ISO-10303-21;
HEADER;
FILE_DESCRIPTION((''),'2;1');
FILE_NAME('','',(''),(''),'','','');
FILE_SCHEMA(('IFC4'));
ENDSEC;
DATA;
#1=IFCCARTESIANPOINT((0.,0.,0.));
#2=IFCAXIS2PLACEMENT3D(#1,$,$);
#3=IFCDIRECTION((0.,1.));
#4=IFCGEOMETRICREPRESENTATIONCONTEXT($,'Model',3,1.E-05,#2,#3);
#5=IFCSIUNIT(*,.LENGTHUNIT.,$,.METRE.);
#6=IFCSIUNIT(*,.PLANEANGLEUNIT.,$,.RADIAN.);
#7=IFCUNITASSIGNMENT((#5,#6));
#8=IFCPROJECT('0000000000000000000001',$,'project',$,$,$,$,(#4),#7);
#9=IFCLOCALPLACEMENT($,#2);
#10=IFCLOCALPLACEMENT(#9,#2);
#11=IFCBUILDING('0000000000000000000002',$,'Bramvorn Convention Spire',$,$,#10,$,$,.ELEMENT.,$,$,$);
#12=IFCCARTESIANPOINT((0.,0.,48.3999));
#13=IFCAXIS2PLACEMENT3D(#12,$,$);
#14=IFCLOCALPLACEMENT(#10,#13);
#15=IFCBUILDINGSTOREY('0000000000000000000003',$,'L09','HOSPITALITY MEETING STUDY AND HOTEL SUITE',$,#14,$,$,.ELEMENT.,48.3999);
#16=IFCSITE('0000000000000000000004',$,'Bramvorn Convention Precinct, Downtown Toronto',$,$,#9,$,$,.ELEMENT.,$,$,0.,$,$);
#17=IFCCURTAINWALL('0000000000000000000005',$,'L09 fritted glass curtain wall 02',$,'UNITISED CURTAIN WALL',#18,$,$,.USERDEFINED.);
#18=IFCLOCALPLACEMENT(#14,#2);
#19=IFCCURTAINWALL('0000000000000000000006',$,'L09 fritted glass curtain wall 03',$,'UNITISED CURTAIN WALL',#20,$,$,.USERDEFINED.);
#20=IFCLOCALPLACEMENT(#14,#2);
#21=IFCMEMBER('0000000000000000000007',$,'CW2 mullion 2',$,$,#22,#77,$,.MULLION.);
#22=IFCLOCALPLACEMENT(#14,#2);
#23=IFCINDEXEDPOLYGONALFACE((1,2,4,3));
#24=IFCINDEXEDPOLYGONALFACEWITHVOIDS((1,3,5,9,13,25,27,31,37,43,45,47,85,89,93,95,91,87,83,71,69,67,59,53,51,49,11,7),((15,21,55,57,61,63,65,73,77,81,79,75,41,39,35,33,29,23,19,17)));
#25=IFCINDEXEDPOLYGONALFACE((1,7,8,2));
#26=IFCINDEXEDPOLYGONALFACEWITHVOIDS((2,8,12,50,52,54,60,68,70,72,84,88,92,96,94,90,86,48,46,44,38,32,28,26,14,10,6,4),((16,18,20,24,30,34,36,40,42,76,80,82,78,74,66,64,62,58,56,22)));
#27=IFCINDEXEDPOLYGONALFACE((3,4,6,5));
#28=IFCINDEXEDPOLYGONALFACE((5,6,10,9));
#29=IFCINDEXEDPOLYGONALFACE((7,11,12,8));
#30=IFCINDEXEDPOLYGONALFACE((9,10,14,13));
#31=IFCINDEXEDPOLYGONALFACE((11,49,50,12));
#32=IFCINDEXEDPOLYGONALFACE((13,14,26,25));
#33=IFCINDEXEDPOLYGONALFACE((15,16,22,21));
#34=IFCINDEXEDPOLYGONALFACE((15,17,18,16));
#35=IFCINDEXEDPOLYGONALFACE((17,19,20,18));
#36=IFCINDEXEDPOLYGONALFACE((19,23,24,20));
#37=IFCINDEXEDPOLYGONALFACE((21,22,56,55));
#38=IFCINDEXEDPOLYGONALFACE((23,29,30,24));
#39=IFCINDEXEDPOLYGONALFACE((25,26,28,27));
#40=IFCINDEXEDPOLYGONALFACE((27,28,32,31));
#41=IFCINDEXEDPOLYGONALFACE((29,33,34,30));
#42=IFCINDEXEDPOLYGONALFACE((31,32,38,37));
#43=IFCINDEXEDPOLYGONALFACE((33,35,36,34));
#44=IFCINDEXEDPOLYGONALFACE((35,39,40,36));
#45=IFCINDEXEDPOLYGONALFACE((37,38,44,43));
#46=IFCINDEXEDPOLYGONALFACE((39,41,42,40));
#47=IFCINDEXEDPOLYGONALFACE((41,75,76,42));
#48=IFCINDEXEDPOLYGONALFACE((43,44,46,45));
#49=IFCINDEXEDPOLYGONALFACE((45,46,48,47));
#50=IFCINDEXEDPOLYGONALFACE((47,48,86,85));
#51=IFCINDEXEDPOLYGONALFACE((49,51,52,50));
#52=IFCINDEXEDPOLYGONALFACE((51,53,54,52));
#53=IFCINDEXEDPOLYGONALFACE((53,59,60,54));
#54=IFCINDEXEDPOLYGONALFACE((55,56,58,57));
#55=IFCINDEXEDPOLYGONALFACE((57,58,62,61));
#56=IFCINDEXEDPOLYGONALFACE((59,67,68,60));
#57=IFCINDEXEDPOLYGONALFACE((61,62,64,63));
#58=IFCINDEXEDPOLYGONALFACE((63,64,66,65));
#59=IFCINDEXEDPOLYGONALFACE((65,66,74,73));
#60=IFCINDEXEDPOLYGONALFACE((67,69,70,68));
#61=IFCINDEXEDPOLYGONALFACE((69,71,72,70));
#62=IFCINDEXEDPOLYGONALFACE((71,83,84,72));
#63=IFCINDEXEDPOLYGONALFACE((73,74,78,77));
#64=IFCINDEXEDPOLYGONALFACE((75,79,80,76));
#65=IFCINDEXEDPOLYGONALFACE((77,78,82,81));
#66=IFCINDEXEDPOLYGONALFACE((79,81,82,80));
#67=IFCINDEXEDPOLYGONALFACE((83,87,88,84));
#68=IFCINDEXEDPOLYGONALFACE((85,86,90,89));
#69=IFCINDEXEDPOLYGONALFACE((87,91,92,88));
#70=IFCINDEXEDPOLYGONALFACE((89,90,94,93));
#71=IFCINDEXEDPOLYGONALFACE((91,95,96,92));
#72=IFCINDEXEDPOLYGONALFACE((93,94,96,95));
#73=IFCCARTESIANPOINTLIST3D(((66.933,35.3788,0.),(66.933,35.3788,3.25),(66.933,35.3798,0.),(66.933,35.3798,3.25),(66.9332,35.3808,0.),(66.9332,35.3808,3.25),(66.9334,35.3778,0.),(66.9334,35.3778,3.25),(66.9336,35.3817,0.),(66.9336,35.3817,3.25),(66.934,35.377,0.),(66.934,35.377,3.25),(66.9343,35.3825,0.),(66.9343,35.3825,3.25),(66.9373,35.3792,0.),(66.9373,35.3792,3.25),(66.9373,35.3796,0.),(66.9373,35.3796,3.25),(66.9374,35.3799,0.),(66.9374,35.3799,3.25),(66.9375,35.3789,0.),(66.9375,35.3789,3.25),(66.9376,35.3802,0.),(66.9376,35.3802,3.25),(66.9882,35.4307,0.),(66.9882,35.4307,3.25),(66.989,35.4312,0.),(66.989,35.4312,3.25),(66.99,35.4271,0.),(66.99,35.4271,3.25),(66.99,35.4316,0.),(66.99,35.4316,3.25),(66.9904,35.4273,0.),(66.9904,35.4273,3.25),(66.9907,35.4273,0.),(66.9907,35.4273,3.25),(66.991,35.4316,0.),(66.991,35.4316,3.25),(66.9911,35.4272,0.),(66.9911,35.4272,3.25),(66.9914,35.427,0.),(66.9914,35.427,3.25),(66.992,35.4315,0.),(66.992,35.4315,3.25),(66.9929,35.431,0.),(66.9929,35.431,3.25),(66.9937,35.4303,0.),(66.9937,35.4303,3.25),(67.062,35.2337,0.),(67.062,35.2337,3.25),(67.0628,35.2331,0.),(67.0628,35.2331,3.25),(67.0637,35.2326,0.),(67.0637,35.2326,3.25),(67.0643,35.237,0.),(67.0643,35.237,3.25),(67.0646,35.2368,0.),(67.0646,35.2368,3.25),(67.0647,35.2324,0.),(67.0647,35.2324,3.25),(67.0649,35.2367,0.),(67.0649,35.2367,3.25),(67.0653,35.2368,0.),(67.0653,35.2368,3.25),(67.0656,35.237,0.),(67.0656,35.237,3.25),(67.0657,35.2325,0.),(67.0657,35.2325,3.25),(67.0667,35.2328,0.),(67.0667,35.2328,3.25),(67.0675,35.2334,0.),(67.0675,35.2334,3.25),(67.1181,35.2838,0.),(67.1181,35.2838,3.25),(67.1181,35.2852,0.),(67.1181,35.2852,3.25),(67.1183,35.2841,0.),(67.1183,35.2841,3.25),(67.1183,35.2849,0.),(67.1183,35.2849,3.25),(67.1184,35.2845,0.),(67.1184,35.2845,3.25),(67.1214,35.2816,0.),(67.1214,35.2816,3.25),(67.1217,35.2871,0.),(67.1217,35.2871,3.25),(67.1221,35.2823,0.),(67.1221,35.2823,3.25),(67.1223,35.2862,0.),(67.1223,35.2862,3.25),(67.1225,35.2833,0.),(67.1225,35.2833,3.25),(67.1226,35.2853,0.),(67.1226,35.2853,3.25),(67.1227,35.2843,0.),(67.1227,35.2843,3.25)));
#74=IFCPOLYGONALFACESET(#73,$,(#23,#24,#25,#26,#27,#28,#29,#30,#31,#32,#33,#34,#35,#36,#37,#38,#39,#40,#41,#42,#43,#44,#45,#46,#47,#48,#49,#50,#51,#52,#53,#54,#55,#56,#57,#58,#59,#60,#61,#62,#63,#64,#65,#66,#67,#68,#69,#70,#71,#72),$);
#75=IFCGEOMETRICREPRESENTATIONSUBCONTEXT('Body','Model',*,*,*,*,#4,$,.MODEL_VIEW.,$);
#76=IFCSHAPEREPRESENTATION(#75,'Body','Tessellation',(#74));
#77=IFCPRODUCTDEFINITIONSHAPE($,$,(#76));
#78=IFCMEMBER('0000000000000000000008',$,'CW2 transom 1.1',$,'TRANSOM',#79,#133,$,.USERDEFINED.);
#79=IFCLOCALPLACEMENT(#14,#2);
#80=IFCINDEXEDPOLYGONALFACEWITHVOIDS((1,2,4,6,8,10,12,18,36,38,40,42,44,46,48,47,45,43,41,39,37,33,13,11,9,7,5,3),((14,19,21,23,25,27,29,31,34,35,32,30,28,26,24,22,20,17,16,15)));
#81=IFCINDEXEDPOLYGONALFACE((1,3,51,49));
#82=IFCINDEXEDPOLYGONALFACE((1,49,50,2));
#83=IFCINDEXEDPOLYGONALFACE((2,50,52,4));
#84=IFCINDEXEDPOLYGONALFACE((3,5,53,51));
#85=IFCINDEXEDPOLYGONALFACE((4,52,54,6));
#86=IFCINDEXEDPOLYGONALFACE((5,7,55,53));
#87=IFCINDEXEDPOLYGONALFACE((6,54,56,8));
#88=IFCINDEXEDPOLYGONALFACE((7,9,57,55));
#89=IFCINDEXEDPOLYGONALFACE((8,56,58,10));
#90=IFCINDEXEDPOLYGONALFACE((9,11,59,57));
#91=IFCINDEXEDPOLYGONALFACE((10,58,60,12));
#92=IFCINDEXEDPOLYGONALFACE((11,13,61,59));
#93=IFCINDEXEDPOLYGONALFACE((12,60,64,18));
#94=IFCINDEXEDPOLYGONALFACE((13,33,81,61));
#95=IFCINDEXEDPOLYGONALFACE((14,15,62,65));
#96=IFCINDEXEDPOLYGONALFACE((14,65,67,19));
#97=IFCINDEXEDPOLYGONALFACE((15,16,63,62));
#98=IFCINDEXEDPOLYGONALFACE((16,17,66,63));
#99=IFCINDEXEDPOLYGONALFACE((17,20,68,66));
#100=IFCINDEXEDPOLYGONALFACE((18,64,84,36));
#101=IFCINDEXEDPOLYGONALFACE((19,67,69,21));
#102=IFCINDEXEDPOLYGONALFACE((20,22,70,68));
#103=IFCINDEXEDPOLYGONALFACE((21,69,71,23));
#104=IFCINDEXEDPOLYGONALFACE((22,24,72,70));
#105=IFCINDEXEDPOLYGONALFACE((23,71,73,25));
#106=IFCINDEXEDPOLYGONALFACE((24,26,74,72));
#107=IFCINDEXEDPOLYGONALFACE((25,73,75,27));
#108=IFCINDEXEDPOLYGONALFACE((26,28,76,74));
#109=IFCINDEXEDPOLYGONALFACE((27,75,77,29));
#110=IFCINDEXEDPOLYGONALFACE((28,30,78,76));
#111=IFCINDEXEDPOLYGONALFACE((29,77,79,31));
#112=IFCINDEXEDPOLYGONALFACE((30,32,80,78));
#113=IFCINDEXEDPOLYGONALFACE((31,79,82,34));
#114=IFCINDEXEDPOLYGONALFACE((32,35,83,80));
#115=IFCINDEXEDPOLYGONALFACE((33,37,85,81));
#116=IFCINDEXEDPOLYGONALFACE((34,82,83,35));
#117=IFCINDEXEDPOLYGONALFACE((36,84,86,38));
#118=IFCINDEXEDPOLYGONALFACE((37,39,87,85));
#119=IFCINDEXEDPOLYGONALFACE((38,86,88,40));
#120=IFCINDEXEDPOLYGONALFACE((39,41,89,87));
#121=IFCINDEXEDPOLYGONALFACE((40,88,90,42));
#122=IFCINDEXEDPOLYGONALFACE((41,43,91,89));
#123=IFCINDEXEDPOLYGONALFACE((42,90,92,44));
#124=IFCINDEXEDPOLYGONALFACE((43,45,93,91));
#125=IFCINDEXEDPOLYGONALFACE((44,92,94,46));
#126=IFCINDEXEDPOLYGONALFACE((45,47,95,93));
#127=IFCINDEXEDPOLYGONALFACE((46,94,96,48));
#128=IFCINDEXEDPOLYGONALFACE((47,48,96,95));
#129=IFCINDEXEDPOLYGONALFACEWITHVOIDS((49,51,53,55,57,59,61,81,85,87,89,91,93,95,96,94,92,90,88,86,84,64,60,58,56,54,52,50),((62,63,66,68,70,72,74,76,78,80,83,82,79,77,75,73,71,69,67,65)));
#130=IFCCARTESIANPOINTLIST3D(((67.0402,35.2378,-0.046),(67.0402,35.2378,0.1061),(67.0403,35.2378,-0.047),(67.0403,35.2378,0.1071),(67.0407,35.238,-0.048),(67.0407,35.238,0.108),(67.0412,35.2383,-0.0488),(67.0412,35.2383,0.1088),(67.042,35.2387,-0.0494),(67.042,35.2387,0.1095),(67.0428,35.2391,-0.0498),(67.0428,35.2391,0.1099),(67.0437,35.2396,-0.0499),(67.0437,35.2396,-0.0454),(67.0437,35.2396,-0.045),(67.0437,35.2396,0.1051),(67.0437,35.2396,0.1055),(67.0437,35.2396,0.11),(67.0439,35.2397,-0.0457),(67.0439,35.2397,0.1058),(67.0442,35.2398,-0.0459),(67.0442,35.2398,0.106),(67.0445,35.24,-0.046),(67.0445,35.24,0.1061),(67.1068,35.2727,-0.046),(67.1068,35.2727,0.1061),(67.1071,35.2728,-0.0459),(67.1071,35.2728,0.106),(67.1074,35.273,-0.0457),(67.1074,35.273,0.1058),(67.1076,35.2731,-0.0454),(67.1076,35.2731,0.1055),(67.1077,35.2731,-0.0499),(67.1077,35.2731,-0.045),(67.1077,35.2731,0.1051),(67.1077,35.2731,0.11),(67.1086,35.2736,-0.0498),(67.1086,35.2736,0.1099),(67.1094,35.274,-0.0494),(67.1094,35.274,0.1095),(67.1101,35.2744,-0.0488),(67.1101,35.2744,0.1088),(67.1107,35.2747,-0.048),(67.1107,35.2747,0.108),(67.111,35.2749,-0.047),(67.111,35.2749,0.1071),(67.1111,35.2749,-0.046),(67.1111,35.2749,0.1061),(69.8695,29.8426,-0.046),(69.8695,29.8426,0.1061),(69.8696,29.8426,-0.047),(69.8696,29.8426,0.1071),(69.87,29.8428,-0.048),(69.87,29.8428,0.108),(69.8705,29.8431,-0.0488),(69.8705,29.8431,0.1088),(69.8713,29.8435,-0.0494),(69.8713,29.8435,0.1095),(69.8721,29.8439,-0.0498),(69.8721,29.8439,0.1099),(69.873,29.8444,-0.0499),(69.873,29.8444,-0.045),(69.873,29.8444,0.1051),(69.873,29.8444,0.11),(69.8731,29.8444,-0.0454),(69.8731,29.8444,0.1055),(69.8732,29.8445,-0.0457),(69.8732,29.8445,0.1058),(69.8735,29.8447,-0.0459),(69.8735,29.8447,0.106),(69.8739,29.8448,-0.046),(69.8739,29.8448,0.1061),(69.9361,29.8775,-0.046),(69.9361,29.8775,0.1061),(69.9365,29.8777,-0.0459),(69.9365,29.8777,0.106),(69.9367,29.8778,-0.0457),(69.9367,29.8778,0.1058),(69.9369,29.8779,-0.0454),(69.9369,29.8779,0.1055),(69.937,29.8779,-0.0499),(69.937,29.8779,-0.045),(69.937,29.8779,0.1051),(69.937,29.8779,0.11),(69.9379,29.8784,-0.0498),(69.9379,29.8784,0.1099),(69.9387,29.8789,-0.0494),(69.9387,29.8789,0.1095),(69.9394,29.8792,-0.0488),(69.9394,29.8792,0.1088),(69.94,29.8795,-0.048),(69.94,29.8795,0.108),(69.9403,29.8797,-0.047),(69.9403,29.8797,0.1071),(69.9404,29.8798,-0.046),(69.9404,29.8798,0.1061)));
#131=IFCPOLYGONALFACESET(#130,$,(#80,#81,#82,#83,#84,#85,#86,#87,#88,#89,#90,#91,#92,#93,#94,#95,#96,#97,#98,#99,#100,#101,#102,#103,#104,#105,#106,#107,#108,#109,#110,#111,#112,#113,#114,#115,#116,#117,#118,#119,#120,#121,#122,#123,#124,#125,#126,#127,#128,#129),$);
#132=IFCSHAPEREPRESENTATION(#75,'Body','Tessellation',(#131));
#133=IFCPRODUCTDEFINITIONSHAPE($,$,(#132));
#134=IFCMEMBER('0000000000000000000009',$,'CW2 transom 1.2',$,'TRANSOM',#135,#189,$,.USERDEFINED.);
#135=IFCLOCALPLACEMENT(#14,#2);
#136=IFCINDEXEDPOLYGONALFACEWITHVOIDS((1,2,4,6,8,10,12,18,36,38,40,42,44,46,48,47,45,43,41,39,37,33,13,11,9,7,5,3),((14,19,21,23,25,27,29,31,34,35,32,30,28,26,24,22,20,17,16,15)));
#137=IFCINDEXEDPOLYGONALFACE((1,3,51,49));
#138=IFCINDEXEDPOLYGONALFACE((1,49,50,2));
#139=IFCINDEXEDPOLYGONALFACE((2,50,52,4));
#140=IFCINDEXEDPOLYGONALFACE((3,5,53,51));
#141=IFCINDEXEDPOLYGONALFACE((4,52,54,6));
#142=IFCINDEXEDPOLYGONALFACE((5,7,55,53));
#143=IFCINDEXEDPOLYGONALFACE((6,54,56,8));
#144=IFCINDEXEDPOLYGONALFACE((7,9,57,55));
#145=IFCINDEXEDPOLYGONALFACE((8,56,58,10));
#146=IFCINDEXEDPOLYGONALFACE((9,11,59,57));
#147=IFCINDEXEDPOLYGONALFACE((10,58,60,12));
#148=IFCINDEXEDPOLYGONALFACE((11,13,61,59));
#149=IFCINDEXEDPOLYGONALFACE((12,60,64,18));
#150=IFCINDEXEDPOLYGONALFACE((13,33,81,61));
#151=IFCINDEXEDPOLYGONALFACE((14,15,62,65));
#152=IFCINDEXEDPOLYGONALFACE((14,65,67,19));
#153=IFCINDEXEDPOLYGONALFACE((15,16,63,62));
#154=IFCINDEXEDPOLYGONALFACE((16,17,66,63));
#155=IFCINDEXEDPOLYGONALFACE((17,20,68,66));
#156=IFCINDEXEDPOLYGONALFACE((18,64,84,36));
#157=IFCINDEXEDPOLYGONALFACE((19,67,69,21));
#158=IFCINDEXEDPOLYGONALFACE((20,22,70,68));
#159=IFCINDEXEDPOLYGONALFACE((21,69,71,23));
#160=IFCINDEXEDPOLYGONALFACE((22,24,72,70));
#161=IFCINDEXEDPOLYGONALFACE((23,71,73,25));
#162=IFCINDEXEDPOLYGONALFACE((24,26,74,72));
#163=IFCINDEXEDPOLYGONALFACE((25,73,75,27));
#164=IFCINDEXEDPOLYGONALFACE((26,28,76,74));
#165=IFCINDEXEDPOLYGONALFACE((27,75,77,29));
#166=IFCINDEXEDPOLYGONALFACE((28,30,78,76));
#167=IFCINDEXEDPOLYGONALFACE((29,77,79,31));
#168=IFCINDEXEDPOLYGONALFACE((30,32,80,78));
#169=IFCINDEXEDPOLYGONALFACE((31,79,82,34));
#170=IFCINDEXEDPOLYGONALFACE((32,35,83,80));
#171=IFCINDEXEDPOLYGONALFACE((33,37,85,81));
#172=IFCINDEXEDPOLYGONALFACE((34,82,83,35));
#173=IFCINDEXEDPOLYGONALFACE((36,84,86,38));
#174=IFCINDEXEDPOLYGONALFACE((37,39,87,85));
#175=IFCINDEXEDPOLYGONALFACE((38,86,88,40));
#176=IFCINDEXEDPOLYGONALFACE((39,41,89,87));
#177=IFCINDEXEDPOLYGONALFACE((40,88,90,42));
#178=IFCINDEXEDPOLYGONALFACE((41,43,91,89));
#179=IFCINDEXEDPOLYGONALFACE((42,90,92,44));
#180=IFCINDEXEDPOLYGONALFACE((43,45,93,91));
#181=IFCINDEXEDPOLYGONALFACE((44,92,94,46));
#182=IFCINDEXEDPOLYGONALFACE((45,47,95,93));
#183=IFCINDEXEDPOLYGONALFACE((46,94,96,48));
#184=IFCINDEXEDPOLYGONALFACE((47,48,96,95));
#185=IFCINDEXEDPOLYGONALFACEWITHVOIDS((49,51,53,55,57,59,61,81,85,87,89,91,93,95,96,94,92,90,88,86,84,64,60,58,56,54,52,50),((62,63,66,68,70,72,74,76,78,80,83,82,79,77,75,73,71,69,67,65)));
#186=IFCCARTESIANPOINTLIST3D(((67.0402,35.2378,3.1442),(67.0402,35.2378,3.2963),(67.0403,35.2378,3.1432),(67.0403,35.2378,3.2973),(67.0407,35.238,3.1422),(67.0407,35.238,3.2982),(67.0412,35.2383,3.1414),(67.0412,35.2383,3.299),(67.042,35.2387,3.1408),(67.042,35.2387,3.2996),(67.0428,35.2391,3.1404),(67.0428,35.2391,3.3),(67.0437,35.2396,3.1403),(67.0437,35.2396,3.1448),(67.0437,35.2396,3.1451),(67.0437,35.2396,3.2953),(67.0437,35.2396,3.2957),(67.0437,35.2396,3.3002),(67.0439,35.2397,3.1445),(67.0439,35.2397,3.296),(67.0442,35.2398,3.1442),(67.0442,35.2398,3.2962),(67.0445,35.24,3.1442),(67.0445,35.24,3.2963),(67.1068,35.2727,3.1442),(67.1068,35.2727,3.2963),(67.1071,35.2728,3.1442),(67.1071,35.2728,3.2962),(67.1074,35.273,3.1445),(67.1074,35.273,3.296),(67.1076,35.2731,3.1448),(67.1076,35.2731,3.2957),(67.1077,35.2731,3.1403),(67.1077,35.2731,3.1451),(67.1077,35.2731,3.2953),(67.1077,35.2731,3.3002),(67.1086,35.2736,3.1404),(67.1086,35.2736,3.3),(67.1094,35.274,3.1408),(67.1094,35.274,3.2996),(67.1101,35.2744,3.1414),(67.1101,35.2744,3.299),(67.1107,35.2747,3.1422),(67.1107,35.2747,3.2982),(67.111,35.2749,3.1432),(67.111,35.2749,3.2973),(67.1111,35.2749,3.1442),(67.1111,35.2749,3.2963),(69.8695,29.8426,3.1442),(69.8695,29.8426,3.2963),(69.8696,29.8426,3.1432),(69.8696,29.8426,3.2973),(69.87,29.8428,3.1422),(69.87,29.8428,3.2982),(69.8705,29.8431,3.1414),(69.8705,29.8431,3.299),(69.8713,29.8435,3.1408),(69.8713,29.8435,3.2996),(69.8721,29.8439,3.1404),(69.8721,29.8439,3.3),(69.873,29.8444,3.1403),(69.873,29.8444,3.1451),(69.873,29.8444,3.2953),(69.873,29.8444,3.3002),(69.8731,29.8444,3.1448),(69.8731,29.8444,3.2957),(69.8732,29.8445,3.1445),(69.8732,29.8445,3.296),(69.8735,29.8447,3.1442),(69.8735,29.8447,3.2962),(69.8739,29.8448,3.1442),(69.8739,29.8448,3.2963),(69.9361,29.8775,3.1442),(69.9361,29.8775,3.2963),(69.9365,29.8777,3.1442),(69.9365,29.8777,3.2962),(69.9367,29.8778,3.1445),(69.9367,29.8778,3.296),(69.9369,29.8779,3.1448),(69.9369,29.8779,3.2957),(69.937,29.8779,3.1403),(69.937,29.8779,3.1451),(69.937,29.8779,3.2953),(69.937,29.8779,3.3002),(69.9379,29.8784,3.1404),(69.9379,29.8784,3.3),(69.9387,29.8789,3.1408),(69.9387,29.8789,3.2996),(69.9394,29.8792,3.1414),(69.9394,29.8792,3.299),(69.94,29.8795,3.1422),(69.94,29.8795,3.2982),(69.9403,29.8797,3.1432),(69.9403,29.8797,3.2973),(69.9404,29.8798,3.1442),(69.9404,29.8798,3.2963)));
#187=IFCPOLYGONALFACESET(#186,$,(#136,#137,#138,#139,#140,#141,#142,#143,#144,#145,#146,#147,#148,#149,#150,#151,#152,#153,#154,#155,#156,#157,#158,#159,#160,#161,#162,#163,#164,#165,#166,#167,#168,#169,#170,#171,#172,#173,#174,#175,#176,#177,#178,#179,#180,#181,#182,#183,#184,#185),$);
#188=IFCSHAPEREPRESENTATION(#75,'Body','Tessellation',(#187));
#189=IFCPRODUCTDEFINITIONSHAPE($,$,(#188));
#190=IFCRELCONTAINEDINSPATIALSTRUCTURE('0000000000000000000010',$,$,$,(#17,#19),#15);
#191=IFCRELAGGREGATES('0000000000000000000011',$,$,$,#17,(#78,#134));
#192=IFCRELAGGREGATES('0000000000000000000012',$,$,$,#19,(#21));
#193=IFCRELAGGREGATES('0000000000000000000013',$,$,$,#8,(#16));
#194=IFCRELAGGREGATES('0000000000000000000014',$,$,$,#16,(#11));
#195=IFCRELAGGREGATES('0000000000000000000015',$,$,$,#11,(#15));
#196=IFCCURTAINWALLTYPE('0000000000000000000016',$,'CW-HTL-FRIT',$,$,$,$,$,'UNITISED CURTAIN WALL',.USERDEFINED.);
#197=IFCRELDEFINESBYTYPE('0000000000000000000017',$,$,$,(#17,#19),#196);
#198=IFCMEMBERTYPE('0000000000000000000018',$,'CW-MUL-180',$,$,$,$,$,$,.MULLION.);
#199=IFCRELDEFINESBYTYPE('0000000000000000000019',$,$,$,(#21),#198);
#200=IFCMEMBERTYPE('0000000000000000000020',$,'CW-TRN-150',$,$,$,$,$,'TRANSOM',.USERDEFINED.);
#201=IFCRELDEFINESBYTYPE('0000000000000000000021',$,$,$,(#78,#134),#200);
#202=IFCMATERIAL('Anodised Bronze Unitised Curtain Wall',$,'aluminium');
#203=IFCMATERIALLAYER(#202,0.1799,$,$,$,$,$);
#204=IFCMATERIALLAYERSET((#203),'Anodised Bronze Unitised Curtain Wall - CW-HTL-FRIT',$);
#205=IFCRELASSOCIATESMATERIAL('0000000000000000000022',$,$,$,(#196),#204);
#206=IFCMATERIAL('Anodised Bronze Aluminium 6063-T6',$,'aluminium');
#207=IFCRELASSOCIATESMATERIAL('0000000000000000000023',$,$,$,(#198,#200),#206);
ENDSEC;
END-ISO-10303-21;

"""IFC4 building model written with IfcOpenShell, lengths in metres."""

from ifc_helpers import new_model, si_unit, direction, frame, origin, origin_2d, place, context, subcontext, project, spatial, hollow_rectangle, extrude, material, layer, layer_set, material_profile, profile_set, type_object, element, aggregate, save


model = new_model("IFC4")

# Units and contexts
model_context = context("Model", 3, precision=1e-05, world=origin(), true_north=direction((0.0, 1.0)))
body_context = subcontext(model_context, "Body", "Model", "MODEL_VIEW")
ifc_project = project(units=[si_unit("LENGTHUNIT", "METRE"), si_unit("PLANEANGLEUNIT", "RADIAN")], contexts=[model_context])

# Site, building, storey
site_placement = place(None, origin())
site = spatial("IfcSite", under=ifc_project, at=site_placement, Name="Bramvorn Convention Precinct, Downtown Toronto", CompositionType="ELEMENT", RefElevation=0.0)
building_placement = place(site_placement, origin())
building = spatial("IfcBuilding", under=site, at=building_placement, Name="Bramvorn Convention Spire", CompositionType="ELEMENT")
storey_placement = place(building_placement, frame((0.0, 0.0, 48.3999)))
storey = spatial("IfcBuildingStorey", under=building, at=storey_placement, Name="L09", Description="HOSPITALITY MEETING STUDY AND HOTEL SUITE", CompositionType="ELEMENT", Elevation=48.3999)

# Curtain wall
ifc_material_1 = material(Name="Anodised Bronze Unitised Curtain Wall", Category="aluminium")
ifc_layer_1 = layer(ifc_material_1, 0.1799)
ifc_layer_set_1 = layer_set([ifc_layer_1], Name="Anodised Bronze Unitised Curtain Wall - CW-HTL-FRIT")
curtain_wall_type = type_object("IfcCurtainWallType", Name="CW-HTL-FRIT", ElementType="UNITISED CURTAIN WALL", PredefinedType="USERDEFINED", material=ifc_layer_set_1)
curtain_wall_1_placement = place(storey_placement, origin())
curtain_wall_1 = element("IfcCurtainWall", 1, at=curtain_wall_1_placement, inside=storey, type_object=curtain_wall_type, Name="L09 fritted glass curtain wall 02", ObjectType="UNITISED CURTAIN WALL", PredefinedType="USERDEFINED")
ifc_material_2 = material(Name="Anodised Bronze Aluminium 6063-T6", Category="aluminium")
ifc_material_profile_1 = material_profile(ifc_material_2, hollow_rectangle(XDim=0.0801, YDim=0.2, WallThickness=0.0039, InnerFilletRadius=0.001, OuterFilletRadius=0.0039, at=origin_2d()))
ifc_profile_set_1 = profile_set([ifc_material_profile_1], Name="Anodised Bronze Aluminium 6063-T6 - CWM80X200")
member_type_1 = type_object("IfcMemberType", Name="CW-MUL-180", PredefinedType="MULLION", material=ifc_profile_set_1)

# Curtain wall, member
curtain_wall_2_placement = place(storey_placement, origin())
curtain_wall_2 = element("IfcCurtainWall", 2, at=curtain_wall_2_placement, inside=storey, type_object=curtain_wall_type, Name="L09 fritted glass curtain wall 03", ObjectType="UNITISED CURTAIN WALL", PredefinedType="USERDEFINED")
member_1_placement = place(storey_placement, frame((67.0278, 35.332, 0.0), z_axis=(0.0, 0.0, 1.0), x_axis=(0.745629, 0.666361, 0.0)))
member_1 = element("IfcMember", 3, at=member_1_placement, type_object=member_type_1, Name="CW2 mullion 2", PredefinedType="MULLION", context=body_context, shape_type="SweptSolid", body=[
    extrude(hollow_rectangle(XDim=0.0801, YDim=0.2, WallThickness=0.0039, InnerFilletRadius=0.001, OuterFilletRadius=0.0039, at=origin_2d()), origin(), (0.0, 0.0, 1.0), 3.25),
])

# Members
ifc_material_profile_2 = material_profile(ifc_material_2, hollow_rectangle(XDim=0.0801, YDim=0.1599, WallThickness=0.0039, InnerFilletRadius=0.001, OuterFilletRadius=0.0039, at=origin_2d()))
ifc_profile_set_2 = profile_set([ifc_material_profile_2], Name="Anodised Bronze Aluminium 6063-T6 - CWT80X160")
member_type_2 = type_object("IfcMemberType", Name="CW-TRN-150", ElementType="TRANSOM", PredefinedType="USERDEFINED", material=ifc_profile_set_2)
member_2_placement = place(storey_placement, frame((67.0757, 35.2563, 0.03), z_axis=(0.464426, -0.885612, 0.0), x_axis=(0.885612, 0.464426, 0.0)))
member_2 = element("IfcMember", 4, at=member_2_placement, type_object=member_type_2, Name="CW2 transom 1.1", ObjectType="TRANSOM", PredefinedType="USERDEFINED", context=body_context, shape_type="SweptSolid", body=[
    extrude(hollow_rectangle(XDim=0.0801, YDim=0.1599, WallThickness=0.0039, InnerFilletRadius=0.001, OuterFilletRadius=0.0039, at=origin_2d()), origin(), (0.0, 0.0, 1.0), 6.092),
])
member_3_placement = place(storey_placement, frame((67.0757, 35.2563, 3.2202), z_axis=(0.464426, -0.885612, 0.0), x_axis=(0.885612, 0.464426, 0.0)))
member_3 = element("IfcMember", 5, at=member_3_placement, type_object=member_type_2, Name="CW2 transom 1.2", ObjectType="TRANSOM", PredefinedType="USERDEFINED", context=body_context, shape_type="SweptSolid", body=[
    extrude(hollow_rectangle(XDim=0.0801, YDim=0.1599, WallThickness=0.0039, InnerFilletRadius=0.001, OuterFilletRadius=0.0039, at=origin_2d()), origin(), (0.0, 0.0, 1.0), 6.092),
])
aggregate(curtain_wall_1, [member_2, member_3])

aggregate(curtain_wall_2, [member_1])

save(model, "model.ifc")
